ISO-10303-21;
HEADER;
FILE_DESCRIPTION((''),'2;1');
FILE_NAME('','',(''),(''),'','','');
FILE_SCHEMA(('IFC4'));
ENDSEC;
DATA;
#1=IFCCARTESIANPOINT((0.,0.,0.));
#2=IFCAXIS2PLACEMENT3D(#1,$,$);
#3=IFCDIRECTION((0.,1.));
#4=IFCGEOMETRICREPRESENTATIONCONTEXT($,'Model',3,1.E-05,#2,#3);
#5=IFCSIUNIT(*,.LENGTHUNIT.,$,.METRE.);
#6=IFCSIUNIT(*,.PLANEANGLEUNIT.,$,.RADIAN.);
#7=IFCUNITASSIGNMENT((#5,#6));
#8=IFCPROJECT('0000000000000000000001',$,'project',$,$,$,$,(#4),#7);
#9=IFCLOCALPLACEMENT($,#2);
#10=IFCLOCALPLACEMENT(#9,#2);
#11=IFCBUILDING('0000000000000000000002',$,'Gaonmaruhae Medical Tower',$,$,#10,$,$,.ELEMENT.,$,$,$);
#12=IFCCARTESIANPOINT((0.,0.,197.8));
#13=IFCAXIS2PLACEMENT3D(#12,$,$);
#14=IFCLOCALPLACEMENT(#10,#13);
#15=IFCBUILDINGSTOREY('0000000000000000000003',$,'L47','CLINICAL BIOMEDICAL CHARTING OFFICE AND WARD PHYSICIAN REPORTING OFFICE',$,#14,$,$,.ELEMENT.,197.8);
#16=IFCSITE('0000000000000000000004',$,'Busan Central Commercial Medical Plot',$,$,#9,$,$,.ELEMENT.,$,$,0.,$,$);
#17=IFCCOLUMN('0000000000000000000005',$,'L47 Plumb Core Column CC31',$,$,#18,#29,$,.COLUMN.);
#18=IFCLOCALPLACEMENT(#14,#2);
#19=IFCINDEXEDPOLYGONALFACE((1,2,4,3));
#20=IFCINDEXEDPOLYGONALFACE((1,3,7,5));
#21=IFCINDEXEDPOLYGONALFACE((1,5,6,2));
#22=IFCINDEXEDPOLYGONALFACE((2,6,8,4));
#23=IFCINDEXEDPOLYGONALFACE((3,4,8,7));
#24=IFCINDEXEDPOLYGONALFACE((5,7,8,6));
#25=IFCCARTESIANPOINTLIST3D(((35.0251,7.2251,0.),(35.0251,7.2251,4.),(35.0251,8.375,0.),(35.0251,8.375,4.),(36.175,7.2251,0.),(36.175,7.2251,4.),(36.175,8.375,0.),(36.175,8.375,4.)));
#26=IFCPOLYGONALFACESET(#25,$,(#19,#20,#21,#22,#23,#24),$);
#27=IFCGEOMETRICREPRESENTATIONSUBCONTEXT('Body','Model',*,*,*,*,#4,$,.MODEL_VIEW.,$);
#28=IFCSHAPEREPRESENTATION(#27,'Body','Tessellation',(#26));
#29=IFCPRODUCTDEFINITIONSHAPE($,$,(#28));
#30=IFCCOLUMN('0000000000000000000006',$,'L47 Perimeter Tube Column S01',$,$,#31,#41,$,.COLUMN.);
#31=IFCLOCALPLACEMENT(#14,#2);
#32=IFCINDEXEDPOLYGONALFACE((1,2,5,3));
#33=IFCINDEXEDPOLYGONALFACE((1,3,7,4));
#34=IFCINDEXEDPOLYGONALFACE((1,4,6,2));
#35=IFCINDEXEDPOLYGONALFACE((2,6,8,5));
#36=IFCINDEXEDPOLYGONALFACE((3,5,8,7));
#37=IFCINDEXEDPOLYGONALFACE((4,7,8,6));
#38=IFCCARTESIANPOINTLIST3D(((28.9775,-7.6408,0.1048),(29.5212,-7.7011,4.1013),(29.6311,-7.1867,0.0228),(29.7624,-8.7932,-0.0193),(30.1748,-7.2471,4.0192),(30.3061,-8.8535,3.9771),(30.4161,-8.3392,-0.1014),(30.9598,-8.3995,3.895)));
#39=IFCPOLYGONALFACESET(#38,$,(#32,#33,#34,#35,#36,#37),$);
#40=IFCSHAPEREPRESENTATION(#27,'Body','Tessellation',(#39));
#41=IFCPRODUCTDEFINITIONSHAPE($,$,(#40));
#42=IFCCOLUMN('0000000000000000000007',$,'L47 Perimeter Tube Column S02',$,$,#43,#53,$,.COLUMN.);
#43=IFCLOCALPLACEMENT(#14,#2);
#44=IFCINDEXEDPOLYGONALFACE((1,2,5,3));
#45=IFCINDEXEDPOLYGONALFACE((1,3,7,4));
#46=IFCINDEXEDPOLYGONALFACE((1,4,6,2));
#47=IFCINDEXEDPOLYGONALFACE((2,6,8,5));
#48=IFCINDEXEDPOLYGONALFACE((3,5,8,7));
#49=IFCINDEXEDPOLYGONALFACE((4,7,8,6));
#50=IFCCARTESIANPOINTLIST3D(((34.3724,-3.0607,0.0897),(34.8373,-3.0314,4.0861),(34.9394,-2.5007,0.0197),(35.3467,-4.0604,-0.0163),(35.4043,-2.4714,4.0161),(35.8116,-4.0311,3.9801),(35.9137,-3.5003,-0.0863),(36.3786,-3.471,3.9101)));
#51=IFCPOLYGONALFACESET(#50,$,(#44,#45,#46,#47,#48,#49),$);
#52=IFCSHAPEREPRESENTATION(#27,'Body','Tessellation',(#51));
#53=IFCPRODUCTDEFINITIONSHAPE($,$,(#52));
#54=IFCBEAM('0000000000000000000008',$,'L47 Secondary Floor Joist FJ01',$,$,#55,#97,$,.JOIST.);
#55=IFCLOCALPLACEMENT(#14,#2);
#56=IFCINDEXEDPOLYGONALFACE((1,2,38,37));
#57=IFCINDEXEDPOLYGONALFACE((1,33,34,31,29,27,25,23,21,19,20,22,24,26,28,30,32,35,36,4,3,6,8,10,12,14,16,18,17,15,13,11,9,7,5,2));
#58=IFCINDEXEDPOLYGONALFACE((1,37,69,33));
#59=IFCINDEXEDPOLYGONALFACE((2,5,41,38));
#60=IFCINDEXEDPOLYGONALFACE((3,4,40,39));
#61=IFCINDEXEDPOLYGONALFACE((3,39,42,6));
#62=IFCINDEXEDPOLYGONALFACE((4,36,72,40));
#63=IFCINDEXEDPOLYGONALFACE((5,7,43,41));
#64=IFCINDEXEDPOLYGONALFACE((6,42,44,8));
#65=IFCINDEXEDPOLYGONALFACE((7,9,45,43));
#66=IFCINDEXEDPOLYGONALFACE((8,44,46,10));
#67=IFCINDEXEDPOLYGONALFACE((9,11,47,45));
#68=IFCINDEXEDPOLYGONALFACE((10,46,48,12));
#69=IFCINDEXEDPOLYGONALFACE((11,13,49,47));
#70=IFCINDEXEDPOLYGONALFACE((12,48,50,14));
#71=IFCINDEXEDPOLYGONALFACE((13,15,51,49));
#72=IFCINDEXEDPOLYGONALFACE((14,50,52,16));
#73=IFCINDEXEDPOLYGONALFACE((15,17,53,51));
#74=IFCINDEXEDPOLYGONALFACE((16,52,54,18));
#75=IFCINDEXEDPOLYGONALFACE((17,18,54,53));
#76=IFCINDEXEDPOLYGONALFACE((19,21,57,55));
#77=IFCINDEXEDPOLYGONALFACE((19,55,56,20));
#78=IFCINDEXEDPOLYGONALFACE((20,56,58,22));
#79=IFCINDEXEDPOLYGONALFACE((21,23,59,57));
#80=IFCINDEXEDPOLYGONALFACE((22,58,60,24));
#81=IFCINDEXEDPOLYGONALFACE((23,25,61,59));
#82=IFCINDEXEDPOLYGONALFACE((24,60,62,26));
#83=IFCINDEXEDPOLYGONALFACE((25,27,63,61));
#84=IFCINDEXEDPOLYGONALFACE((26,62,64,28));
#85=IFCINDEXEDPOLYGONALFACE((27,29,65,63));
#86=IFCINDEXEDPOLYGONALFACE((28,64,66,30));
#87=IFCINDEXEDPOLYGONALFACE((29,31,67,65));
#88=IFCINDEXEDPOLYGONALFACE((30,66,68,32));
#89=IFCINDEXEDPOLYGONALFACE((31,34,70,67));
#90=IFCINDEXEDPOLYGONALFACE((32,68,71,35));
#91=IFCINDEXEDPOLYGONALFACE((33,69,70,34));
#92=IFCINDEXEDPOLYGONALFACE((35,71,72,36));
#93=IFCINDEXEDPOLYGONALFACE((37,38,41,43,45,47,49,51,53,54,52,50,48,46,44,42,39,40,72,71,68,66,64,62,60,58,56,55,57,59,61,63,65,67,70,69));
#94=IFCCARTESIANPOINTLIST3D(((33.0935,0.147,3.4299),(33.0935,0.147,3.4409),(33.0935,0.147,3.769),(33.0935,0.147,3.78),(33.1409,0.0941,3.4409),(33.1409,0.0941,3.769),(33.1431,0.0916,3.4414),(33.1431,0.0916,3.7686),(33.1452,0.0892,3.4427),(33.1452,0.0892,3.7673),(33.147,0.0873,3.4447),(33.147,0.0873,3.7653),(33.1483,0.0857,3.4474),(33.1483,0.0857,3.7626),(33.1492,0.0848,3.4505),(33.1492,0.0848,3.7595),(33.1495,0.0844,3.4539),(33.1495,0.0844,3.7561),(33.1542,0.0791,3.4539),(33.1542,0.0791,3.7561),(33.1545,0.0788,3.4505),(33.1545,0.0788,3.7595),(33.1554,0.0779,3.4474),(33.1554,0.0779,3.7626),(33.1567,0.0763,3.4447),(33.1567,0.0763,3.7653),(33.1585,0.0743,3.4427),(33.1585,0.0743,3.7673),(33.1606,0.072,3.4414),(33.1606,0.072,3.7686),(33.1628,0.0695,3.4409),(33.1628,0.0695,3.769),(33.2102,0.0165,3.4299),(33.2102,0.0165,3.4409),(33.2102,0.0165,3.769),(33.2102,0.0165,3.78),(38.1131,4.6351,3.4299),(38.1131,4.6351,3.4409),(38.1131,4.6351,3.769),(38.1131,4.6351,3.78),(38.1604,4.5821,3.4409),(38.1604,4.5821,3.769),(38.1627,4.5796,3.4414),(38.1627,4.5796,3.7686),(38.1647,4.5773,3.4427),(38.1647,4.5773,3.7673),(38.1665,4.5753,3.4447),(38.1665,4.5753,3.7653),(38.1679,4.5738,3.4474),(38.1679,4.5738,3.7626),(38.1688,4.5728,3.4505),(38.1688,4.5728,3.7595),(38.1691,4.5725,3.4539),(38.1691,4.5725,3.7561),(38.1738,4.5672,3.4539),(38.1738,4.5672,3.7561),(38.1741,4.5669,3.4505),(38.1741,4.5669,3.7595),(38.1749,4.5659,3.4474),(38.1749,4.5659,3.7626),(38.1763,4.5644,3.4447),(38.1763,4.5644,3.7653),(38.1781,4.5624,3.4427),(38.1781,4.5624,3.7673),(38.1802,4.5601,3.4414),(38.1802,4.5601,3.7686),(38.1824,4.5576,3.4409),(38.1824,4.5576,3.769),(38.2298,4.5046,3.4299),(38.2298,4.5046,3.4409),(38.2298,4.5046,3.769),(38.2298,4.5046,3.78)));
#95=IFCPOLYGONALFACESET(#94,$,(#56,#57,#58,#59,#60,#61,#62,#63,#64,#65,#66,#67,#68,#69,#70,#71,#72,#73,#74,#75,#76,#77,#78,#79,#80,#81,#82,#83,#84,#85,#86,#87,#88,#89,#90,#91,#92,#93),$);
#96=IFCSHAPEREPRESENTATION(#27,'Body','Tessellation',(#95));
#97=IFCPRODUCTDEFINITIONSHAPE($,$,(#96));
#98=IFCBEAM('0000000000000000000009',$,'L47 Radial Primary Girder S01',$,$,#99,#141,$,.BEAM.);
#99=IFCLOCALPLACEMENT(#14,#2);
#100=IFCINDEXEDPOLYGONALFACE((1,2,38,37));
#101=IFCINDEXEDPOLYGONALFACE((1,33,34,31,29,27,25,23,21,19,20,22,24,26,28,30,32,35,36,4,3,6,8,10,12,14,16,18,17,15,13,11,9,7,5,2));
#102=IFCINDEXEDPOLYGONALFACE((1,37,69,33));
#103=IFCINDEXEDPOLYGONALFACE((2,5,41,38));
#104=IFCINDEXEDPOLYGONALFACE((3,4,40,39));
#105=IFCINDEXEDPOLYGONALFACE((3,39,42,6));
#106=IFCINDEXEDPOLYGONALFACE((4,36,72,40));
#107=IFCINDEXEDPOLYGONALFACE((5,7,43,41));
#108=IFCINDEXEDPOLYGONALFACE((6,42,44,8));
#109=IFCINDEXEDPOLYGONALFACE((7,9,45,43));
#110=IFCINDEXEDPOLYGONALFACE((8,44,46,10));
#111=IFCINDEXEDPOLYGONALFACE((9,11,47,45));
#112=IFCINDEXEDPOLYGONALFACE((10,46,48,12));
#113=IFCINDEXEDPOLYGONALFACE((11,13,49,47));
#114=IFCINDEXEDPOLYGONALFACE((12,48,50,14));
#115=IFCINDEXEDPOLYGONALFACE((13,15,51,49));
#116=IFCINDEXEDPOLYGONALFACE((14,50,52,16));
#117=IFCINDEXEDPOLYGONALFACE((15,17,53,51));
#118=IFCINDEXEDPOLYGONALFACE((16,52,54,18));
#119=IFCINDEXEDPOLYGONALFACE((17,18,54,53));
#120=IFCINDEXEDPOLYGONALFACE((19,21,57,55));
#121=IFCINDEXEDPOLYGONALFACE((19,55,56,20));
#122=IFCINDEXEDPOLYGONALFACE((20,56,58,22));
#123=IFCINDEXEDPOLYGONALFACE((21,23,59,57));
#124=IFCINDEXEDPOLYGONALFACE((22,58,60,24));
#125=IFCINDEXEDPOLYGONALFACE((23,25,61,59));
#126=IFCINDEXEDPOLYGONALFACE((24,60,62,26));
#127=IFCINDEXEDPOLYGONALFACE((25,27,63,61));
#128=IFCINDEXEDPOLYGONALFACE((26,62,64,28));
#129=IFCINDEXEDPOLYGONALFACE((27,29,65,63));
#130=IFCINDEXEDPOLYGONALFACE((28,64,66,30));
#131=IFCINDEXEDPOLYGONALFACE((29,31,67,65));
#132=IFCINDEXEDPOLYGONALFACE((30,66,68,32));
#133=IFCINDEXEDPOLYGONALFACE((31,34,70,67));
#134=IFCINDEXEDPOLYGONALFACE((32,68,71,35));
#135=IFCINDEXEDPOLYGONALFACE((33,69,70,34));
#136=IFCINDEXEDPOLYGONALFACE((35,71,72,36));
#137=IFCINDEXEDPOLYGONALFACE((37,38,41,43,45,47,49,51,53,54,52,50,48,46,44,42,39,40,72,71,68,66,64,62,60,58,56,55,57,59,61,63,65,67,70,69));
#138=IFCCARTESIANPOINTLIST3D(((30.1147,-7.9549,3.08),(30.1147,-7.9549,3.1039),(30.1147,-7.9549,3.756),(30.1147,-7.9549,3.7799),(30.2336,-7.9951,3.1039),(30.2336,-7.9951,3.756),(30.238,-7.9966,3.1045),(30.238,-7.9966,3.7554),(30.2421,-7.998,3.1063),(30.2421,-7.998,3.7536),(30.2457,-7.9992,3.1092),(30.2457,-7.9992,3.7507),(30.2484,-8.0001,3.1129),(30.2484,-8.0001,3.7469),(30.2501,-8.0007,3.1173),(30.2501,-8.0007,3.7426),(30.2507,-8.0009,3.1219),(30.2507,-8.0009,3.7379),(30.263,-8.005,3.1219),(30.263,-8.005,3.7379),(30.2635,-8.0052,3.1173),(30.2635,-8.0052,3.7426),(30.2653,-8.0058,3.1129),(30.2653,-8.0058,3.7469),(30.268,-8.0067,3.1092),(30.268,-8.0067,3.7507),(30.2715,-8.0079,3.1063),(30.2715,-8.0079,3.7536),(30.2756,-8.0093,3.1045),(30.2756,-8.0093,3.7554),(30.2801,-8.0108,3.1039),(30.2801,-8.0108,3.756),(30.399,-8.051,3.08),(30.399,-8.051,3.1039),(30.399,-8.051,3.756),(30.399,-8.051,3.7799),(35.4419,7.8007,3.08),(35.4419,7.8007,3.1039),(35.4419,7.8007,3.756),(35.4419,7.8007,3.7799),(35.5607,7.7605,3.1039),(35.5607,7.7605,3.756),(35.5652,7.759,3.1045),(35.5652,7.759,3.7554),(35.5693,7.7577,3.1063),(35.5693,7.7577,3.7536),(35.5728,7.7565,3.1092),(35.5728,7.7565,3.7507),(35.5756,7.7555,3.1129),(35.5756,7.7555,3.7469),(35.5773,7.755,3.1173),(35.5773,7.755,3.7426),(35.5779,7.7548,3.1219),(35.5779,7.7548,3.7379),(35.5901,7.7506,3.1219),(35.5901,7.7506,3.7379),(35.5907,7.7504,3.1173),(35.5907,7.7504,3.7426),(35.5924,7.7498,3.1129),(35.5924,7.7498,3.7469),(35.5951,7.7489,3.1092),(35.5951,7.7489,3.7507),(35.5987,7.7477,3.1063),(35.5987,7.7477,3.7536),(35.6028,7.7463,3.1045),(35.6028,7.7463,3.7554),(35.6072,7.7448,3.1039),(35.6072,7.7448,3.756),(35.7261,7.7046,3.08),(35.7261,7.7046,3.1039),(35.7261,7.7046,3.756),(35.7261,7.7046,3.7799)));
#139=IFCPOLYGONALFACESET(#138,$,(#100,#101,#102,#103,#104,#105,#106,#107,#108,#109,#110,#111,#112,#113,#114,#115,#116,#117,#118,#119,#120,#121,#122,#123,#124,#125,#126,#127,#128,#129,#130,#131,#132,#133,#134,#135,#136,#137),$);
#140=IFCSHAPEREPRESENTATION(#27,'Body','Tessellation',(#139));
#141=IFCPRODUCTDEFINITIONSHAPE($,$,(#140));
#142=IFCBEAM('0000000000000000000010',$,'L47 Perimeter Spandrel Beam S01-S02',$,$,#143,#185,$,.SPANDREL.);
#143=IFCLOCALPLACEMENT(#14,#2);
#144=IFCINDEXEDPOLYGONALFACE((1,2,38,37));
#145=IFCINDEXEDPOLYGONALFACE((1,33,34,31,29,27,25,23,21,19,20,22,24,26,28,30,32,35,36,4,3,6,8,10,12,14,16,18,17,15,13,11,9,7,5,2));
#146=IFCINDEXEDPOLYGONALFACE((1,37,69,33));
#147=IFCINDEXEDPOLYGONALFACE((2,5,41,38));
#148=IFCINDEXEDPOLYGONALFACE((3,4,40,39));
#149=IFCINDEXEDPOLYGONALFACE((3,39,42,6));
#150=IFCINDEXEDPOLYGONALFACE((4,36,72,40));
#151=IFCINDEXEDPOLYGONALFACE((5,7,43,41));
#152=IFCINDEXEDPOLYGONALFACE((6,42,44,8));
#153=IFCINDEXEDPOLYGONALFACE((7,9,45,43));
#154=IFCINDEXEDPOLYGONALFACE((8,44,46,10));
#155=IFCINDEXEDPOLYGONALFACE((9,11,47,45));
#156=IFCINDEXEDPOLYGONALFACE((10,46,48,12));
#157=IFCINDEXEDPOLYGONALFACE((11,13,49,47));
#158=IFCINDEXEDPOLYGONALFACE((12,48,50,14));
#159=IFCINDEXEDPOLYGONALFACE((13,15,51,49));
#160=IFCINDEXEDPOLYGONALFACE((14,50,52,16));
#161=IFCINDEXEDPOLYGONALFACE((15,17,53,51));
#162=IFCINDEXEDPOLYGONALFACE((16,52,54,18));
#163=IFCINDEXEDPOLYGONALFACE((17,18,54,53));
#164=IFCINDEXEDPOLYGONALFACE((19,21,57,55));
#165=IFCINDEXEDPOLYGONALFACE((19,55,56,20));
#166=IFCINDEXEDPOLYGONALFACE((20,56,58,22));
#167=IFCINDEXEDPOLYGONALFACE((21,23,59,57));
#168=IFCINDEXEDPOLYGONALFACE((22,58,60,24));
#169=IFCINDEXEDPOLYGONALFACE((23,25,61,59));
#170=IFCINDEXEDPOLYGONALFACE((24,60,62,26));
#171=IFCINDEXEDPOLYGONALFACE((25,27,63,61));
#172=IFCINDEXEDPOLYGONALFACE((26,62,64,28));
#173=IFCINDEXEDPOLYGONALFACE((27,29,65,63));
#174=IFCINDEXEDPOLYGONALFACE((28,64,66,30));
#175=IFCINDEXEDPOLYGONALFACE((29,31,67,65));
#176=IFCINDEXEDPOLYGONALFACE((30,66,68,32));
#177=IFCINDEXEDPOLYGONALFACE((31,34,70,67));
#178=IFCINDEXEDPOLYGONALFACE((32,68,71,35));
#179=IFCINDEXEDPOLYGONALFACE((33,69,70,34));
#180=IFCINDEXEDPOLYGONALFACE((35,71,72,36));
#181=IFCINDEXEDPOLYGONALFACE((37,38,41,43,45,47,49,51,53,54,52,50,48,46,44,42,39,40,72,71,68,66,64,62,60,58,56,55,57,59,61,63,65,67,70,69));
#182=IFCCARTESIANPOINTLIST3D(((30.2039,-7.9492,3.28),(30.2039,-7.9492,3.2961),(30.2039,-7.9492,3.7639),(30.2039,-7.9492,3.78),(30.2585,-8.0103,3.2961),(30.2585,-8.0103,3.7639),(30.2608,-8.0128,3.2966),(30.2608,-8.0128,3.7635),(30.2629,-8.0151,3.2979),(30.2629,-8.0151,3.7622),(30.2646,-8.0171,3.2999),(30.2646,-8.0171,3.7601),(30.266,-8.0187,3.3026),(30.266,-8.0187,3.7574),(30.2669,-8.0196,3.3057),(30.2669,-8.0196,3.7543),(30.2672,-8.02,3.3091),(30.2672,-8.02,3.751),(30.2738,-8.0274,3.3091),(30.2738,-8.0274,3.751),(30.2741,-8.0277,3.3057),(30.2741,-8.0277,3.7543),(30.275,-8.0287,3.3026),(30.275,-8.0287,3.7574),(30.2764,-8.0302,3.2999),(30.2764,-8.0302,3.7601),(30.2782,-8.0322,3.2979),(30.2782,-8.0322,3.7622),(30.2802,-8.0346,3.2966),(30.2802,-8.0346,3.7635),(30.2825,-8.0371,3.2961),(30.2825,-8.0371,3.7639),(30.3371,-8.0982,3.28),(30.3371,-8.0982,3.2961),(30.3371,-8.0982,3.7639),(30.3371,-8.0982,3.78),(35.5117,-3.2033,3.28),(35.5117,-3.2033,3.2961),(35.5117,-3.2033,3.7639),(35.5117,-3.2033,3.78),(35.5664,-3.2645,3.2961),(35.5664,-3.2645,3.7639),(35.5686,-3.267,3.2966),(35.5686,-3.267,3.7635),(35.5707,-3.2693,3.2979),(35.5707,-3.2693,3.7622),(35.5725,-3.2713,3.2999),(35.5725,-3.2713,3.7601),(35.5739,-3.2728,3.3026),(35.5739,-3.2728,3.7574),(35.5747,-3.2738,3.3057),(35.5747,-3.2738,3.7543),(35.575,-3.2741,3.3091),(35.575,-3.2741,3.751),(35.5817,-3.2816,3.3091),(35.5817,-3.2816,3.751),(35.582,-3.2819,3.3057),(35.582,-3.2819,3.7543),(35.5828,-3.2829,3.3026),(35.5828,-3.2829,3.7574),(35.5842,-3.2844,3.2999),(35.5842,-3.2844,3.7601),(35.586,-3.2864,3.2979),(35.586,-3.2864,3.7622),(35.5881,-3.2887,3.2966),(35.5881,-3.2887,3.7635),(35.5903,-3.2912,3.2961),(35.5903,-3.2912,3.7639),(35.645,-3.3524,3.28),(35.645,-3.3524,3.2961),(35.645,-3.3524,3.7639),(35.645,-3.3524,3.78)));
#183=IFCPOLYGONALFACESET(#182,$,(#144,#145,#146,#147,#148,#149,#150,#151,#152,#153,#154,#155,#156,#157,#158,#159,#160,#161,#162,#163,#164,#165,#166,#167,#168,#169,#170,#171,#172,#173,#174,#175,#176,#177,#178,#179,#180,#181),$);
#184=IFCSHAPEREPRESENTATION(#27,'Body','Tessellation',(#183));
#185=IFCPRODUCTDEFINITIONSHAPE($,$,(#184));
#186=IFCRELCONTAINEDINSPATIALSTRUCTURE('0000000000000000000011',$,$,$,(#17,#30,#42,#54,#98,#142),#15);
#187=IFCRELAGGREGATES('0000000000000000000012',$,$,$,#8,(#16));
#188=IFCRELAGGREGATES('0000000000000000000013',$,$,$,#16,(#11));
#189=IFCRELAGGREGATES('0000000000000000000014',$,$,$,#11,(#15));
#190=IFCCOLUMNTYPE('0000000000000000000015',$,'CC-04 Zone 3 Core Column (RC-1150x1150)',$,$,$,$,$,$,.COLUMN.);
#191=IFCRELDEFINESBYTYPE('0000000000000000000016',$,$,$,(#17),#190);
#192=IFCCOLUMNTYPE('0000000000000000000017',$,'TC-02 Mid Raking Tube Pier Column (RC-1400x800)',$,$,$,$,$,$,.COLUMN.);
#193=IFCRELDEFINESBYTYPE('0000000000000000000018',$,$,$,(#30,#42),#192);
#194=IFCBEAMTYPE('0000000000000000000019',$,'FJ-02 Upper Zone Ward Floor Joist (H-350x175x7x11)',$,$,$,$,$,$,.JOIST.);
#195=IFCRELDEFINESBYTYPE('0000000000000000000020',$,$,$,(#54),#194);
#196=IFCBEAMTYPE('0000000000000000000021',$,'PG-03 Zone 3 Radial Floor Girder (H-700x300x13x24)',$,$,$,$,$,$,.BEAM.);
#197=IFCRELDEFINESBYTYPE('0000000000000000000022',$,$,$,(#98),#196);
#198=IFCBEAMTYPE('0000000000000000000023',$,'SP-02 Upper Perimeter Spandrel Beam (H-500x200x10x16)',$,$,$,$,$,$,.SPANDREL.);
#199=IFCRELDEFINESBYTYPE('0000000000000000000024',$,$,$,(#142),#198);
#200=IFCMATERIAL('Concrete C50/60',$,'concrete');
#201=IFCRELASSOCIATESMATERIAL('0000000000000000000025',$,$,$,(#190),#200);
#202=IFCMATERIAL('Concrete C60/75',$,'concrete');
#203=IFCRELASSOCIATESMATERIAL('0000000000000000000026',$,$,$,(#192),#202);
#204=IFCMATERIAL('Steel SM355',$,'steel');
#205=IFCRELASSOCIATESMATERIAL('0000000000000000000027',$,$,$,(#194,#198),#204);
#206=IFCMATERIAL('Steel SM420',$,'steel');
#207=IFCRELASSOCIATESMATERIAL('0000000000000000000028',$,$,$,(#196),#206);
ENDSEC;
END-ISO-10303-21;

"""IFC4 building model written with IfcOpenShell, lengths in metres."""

from ifc_helpers import new_model, si_unit, direction, frame, origin, origin_2d, place, context, subcontext, project, spatial, rectangle, i_section, extrude, material, material_profile, profile_set, type_object, element, save


model = new_model("IFC4")

# Units and contexts
model_context = context("Model", 3, precision=1e-05, world=origin(), true_north=direction((0.0, 1.0)))
body_context = subcontext(model_context, "Body", "Model", "MODEL_VIEW")
ifc_project = project(units=[si_unit("LENGTHUNIT", "METRE"), si_unit("PLANEANGLEUNIT", "RADIAN")], contexts=[model_context])

# Site, building, storey
site_placement = place(None, origin())
site = spatial("IfcSite", under=ifc_project, at=site_placement, Name="Busan Central Commercial Medical Plot", CompositionType="ELEMENT", RefElevation=0.0)
building_placement = place(site_placement, origin())
building = spatial("IfcBuilding", under=site, at=building_placement, Name="Gaonmaruhae Medical Tower", CompositionType="ELEMENT")
storey_placement = place(building_placement, frame((0.0, 0.0, 197.8)))
storey = spatial("IfcBuildingStorey", under=building, at=storey_placement, Name="L47", Description="CLINICAL BIOMEDICAL CHARTING OFFICE AND WARD PHYSICIAN REPORTING OFFICE", CompositionType="ELEMENT", Elevation=197.8)

# Columns
ifc_material_1 = material(Name="Concrete C50/60", Category="concrete")
ifc_material_profile_1 = material_profile(ifc_material_1, rectangle(XDim=1.1499, YDim=1.1499, at=origin_2d()), Name="RC-1150x1150")
ifc_profile_set_1 = profile_set([ifc_material_profile_1], Name="Concrete C50/60")
column_type_1 = type_object("IfcColumnType", Name="CC-04 Zone 3 Core Column (RC-1150x1150)", PredefinedType="COLUMN", material=ifc_profile_set_1)
column_1_placement = place(storey_placement, frame((35.6001, 7.8, 0.0), z_axis=(0.0, 0.0, 1.0), x_axis=(1.0, 0.0, 0.0)))
element("IfcColumn", 1, at=column_1_placement, inside=storey, type_object=column_type_1, Name="L47 Plumb Core Column CC31", PredefinedType="COLUMN", context=body_context, shape_type="SweptSolid", body=[
    extrude(rectangle(XDim=1.1499, YDim=1.1499, at=origin_2d()), origin(), (0.0, 0.0, 1.0), 4.0),
])
ifc_material_2 = material(Name="Concrete C60/75", Category="concrete")
ifc_material_profile_2 = material_profile(ifc_material_2, rectangle(XDim=1.3999, YDim=0.8, at=origin_2d()), Name="RC-1400x800")
ifc_profile_set_2 = profile_set([ifc_material_profile_2], Name="Concrete C60/75")
column_type_2 = type_object("IfcColumnType", Name="TC-02 Mid Raking Tube Pier Column (RC-1400x800)", PredefinedType="COLUMN", material=ifc_profile_set_2)
column_2_placement = place(storey_placement, frame((29.6968, -7.99, 0.0017), z_axis=(0.134793, -0.01495, 0.990761), x_axis=(-0.560704, 0.823251, 0.088706)))
element("IfcColumn", 2, at=column_2_placement, inside=storey, type_object=column_type_2, Name="L47 Perimeter Tube Column S01", PredefinedType="COLUMN", context=body_context, shape_type="SweptSolid", body=[
    extrude(rectangle(XDim=1.3999, YDim=0.8, at=origin_2d()), origin(), (0.0, 0.0, 1.0), 4.0337),
])
column_3_placement = place(storey_placement, frame((35.1431, -3.2805, 0.0017), z_axis=(0.115535, 0.007282, 0.993277), x_axis=(-0.695976, 0.714061, 0.075719)))
element("IfcColumn", 3, at=column_3_placement, inside=storey, type_object=column_type_2, Name="L47 Perimeter Tube Column S02", PredefinedType="COLUMN", context=body_context, shape_type="SweptSolid", body=[
    extrude(rectangle(XDim=1.3999, YDim=0.8, at=origin_2d()), origin(), (0.0, 0.0, 1.0), 4.0234),
])

# Beams
ifc_material_3 = material(Name="Steel SM355", Category="steel")
ifc_material_profile_3 = material_profile(ifc_material_3, i_section(OverallWidth=0.175, OverallDepth=0.3501, WebThickness=0.0071, FlangeThickness=0.011, FilletRadius=0.0129, at=origin_2d()), Name="H-350x175x7x11")
ifc_profile_set_3 = profile_set([ifc_material_profile_3], Name="Steel SM355")
beam_type_1 = type_object("IfcBeamType", Name="FJ-02 Upper Zone Ward Floor Joist (H-350x175x7x11)", PredefinedType="JOIST", material=ifc_profile_set_3)
beam_1_placement = place(storey_placement, frame((33.1519, 0.0818, 3.605), z_axis=(0.745472, 0.666537, 0.0), x_axis=(-0.666537, 0.745472, 0.0)))
element("IfcBeam", 4, at=beam_1_placement, inside=storey, type_object=beam_type_1, Name="L47 Secondary Floor Joist FJ01", PredefinedType="JOIST", context=body_context, shape_type="SweptSolid", body=[
    extrude(i_section(OverallWidth=0.175, OverallDepth=0.3501, WebThickness=0.0071, FlangeThickness=0.011, FilletRadius=0.0129, at=origin_2d()), origin(), (0.0, 0.0, 1.0), 6.7334),
])
ifc_material_4 = material(Name="Steel SM420", Category="steel")
ifc_material_profile_4 = material_profile(ifc_material_4, i_section(OverallWidth=0.3, OverallDepth=0.7, WebThickness=0.0129, FlangeThickness=0.0239, FilletRadius=0.0181, at=origin_2d()), Name="H-700x300x13x24")
ifc_profile_set_4 = profile_set([ifc_material_profile_4], Name="Steel SM420")
beam_type_2 = type_object("IfcBeamType", Name="PG-03 Zone 3 Radial Floor Girder (H-700x300x13x24)", PredefinedType="BEAM", material=ifc_profile_set_4)
beam_2_placement = place(storey_placement, frame((35.584, 7.7527, 3.4299), z_axis=(-0.320298, -0.947317, 0.0), x_axis=(0.947317, -0.320298, 0.0)))
element("IfcBeam", 5, at=beam_2_placement, inside=storey, type_object=beam_type_2, Name="L47 Radial Primary Girder S01", PredefinedType="BEAM", context=body_context, shape_type="SweptSolid", body=[
    extrude(i_section(OverallWidth=0.3, OverallDepth=0.7, WebThickness=0.0129, FlangeThickness=0.0239, FilletRadius=0.0181, at=origin_2d()), origin(), (0.0, 0.0, 1.0), 16.6318),
])
ifc_material_profile_5 = material_profile(ifc_material_3, i_section(OverallWidth=0.2, OverallDepth=0.5, WebThickness=0.01, FlangeThickness=0.0161, FilletRadius=0.0129, at=origin_2d()), Name="H-500x200x10x16")
ifc_profile_set_5 = profile_set([ifc_material_profile_5], Name="Steel SM355")
beam_type_3 = type_object("IfcBeamType", Name="SP-02 Upper Perimeter Spandrel Beam (H-500x200x10x16)", PredefinedType="SPANDREL", material=ifc_profile_set_5)
beam_3_placement = place(storey_placement, frame((30.2705, -8.0237, 3.53), z_axis=(0.745471, 0.666538, 0.0), x_axis=(-0.666538, 0.745471, 0.0)))
element("IfcBeam", 6, at=beam_3_placement, inside=storey, type_object=beam_type_3, Name="L47 Perimeter Spandrel Beam S01-S02", PredefinedType="SPANDREL", context=body_context, shape_type="SweptSolid", body=[
    extrude(i_section(OverallWidth=0.2, OverallDepth=0.5, WebThickness=0.01, FlangeThickness=0.0161, FilletRadius=0.0129, at=origin_2d()), origin(), (0.0, 0.0, 1.0), 7.1201),
])

save(model, "model.ifc")
